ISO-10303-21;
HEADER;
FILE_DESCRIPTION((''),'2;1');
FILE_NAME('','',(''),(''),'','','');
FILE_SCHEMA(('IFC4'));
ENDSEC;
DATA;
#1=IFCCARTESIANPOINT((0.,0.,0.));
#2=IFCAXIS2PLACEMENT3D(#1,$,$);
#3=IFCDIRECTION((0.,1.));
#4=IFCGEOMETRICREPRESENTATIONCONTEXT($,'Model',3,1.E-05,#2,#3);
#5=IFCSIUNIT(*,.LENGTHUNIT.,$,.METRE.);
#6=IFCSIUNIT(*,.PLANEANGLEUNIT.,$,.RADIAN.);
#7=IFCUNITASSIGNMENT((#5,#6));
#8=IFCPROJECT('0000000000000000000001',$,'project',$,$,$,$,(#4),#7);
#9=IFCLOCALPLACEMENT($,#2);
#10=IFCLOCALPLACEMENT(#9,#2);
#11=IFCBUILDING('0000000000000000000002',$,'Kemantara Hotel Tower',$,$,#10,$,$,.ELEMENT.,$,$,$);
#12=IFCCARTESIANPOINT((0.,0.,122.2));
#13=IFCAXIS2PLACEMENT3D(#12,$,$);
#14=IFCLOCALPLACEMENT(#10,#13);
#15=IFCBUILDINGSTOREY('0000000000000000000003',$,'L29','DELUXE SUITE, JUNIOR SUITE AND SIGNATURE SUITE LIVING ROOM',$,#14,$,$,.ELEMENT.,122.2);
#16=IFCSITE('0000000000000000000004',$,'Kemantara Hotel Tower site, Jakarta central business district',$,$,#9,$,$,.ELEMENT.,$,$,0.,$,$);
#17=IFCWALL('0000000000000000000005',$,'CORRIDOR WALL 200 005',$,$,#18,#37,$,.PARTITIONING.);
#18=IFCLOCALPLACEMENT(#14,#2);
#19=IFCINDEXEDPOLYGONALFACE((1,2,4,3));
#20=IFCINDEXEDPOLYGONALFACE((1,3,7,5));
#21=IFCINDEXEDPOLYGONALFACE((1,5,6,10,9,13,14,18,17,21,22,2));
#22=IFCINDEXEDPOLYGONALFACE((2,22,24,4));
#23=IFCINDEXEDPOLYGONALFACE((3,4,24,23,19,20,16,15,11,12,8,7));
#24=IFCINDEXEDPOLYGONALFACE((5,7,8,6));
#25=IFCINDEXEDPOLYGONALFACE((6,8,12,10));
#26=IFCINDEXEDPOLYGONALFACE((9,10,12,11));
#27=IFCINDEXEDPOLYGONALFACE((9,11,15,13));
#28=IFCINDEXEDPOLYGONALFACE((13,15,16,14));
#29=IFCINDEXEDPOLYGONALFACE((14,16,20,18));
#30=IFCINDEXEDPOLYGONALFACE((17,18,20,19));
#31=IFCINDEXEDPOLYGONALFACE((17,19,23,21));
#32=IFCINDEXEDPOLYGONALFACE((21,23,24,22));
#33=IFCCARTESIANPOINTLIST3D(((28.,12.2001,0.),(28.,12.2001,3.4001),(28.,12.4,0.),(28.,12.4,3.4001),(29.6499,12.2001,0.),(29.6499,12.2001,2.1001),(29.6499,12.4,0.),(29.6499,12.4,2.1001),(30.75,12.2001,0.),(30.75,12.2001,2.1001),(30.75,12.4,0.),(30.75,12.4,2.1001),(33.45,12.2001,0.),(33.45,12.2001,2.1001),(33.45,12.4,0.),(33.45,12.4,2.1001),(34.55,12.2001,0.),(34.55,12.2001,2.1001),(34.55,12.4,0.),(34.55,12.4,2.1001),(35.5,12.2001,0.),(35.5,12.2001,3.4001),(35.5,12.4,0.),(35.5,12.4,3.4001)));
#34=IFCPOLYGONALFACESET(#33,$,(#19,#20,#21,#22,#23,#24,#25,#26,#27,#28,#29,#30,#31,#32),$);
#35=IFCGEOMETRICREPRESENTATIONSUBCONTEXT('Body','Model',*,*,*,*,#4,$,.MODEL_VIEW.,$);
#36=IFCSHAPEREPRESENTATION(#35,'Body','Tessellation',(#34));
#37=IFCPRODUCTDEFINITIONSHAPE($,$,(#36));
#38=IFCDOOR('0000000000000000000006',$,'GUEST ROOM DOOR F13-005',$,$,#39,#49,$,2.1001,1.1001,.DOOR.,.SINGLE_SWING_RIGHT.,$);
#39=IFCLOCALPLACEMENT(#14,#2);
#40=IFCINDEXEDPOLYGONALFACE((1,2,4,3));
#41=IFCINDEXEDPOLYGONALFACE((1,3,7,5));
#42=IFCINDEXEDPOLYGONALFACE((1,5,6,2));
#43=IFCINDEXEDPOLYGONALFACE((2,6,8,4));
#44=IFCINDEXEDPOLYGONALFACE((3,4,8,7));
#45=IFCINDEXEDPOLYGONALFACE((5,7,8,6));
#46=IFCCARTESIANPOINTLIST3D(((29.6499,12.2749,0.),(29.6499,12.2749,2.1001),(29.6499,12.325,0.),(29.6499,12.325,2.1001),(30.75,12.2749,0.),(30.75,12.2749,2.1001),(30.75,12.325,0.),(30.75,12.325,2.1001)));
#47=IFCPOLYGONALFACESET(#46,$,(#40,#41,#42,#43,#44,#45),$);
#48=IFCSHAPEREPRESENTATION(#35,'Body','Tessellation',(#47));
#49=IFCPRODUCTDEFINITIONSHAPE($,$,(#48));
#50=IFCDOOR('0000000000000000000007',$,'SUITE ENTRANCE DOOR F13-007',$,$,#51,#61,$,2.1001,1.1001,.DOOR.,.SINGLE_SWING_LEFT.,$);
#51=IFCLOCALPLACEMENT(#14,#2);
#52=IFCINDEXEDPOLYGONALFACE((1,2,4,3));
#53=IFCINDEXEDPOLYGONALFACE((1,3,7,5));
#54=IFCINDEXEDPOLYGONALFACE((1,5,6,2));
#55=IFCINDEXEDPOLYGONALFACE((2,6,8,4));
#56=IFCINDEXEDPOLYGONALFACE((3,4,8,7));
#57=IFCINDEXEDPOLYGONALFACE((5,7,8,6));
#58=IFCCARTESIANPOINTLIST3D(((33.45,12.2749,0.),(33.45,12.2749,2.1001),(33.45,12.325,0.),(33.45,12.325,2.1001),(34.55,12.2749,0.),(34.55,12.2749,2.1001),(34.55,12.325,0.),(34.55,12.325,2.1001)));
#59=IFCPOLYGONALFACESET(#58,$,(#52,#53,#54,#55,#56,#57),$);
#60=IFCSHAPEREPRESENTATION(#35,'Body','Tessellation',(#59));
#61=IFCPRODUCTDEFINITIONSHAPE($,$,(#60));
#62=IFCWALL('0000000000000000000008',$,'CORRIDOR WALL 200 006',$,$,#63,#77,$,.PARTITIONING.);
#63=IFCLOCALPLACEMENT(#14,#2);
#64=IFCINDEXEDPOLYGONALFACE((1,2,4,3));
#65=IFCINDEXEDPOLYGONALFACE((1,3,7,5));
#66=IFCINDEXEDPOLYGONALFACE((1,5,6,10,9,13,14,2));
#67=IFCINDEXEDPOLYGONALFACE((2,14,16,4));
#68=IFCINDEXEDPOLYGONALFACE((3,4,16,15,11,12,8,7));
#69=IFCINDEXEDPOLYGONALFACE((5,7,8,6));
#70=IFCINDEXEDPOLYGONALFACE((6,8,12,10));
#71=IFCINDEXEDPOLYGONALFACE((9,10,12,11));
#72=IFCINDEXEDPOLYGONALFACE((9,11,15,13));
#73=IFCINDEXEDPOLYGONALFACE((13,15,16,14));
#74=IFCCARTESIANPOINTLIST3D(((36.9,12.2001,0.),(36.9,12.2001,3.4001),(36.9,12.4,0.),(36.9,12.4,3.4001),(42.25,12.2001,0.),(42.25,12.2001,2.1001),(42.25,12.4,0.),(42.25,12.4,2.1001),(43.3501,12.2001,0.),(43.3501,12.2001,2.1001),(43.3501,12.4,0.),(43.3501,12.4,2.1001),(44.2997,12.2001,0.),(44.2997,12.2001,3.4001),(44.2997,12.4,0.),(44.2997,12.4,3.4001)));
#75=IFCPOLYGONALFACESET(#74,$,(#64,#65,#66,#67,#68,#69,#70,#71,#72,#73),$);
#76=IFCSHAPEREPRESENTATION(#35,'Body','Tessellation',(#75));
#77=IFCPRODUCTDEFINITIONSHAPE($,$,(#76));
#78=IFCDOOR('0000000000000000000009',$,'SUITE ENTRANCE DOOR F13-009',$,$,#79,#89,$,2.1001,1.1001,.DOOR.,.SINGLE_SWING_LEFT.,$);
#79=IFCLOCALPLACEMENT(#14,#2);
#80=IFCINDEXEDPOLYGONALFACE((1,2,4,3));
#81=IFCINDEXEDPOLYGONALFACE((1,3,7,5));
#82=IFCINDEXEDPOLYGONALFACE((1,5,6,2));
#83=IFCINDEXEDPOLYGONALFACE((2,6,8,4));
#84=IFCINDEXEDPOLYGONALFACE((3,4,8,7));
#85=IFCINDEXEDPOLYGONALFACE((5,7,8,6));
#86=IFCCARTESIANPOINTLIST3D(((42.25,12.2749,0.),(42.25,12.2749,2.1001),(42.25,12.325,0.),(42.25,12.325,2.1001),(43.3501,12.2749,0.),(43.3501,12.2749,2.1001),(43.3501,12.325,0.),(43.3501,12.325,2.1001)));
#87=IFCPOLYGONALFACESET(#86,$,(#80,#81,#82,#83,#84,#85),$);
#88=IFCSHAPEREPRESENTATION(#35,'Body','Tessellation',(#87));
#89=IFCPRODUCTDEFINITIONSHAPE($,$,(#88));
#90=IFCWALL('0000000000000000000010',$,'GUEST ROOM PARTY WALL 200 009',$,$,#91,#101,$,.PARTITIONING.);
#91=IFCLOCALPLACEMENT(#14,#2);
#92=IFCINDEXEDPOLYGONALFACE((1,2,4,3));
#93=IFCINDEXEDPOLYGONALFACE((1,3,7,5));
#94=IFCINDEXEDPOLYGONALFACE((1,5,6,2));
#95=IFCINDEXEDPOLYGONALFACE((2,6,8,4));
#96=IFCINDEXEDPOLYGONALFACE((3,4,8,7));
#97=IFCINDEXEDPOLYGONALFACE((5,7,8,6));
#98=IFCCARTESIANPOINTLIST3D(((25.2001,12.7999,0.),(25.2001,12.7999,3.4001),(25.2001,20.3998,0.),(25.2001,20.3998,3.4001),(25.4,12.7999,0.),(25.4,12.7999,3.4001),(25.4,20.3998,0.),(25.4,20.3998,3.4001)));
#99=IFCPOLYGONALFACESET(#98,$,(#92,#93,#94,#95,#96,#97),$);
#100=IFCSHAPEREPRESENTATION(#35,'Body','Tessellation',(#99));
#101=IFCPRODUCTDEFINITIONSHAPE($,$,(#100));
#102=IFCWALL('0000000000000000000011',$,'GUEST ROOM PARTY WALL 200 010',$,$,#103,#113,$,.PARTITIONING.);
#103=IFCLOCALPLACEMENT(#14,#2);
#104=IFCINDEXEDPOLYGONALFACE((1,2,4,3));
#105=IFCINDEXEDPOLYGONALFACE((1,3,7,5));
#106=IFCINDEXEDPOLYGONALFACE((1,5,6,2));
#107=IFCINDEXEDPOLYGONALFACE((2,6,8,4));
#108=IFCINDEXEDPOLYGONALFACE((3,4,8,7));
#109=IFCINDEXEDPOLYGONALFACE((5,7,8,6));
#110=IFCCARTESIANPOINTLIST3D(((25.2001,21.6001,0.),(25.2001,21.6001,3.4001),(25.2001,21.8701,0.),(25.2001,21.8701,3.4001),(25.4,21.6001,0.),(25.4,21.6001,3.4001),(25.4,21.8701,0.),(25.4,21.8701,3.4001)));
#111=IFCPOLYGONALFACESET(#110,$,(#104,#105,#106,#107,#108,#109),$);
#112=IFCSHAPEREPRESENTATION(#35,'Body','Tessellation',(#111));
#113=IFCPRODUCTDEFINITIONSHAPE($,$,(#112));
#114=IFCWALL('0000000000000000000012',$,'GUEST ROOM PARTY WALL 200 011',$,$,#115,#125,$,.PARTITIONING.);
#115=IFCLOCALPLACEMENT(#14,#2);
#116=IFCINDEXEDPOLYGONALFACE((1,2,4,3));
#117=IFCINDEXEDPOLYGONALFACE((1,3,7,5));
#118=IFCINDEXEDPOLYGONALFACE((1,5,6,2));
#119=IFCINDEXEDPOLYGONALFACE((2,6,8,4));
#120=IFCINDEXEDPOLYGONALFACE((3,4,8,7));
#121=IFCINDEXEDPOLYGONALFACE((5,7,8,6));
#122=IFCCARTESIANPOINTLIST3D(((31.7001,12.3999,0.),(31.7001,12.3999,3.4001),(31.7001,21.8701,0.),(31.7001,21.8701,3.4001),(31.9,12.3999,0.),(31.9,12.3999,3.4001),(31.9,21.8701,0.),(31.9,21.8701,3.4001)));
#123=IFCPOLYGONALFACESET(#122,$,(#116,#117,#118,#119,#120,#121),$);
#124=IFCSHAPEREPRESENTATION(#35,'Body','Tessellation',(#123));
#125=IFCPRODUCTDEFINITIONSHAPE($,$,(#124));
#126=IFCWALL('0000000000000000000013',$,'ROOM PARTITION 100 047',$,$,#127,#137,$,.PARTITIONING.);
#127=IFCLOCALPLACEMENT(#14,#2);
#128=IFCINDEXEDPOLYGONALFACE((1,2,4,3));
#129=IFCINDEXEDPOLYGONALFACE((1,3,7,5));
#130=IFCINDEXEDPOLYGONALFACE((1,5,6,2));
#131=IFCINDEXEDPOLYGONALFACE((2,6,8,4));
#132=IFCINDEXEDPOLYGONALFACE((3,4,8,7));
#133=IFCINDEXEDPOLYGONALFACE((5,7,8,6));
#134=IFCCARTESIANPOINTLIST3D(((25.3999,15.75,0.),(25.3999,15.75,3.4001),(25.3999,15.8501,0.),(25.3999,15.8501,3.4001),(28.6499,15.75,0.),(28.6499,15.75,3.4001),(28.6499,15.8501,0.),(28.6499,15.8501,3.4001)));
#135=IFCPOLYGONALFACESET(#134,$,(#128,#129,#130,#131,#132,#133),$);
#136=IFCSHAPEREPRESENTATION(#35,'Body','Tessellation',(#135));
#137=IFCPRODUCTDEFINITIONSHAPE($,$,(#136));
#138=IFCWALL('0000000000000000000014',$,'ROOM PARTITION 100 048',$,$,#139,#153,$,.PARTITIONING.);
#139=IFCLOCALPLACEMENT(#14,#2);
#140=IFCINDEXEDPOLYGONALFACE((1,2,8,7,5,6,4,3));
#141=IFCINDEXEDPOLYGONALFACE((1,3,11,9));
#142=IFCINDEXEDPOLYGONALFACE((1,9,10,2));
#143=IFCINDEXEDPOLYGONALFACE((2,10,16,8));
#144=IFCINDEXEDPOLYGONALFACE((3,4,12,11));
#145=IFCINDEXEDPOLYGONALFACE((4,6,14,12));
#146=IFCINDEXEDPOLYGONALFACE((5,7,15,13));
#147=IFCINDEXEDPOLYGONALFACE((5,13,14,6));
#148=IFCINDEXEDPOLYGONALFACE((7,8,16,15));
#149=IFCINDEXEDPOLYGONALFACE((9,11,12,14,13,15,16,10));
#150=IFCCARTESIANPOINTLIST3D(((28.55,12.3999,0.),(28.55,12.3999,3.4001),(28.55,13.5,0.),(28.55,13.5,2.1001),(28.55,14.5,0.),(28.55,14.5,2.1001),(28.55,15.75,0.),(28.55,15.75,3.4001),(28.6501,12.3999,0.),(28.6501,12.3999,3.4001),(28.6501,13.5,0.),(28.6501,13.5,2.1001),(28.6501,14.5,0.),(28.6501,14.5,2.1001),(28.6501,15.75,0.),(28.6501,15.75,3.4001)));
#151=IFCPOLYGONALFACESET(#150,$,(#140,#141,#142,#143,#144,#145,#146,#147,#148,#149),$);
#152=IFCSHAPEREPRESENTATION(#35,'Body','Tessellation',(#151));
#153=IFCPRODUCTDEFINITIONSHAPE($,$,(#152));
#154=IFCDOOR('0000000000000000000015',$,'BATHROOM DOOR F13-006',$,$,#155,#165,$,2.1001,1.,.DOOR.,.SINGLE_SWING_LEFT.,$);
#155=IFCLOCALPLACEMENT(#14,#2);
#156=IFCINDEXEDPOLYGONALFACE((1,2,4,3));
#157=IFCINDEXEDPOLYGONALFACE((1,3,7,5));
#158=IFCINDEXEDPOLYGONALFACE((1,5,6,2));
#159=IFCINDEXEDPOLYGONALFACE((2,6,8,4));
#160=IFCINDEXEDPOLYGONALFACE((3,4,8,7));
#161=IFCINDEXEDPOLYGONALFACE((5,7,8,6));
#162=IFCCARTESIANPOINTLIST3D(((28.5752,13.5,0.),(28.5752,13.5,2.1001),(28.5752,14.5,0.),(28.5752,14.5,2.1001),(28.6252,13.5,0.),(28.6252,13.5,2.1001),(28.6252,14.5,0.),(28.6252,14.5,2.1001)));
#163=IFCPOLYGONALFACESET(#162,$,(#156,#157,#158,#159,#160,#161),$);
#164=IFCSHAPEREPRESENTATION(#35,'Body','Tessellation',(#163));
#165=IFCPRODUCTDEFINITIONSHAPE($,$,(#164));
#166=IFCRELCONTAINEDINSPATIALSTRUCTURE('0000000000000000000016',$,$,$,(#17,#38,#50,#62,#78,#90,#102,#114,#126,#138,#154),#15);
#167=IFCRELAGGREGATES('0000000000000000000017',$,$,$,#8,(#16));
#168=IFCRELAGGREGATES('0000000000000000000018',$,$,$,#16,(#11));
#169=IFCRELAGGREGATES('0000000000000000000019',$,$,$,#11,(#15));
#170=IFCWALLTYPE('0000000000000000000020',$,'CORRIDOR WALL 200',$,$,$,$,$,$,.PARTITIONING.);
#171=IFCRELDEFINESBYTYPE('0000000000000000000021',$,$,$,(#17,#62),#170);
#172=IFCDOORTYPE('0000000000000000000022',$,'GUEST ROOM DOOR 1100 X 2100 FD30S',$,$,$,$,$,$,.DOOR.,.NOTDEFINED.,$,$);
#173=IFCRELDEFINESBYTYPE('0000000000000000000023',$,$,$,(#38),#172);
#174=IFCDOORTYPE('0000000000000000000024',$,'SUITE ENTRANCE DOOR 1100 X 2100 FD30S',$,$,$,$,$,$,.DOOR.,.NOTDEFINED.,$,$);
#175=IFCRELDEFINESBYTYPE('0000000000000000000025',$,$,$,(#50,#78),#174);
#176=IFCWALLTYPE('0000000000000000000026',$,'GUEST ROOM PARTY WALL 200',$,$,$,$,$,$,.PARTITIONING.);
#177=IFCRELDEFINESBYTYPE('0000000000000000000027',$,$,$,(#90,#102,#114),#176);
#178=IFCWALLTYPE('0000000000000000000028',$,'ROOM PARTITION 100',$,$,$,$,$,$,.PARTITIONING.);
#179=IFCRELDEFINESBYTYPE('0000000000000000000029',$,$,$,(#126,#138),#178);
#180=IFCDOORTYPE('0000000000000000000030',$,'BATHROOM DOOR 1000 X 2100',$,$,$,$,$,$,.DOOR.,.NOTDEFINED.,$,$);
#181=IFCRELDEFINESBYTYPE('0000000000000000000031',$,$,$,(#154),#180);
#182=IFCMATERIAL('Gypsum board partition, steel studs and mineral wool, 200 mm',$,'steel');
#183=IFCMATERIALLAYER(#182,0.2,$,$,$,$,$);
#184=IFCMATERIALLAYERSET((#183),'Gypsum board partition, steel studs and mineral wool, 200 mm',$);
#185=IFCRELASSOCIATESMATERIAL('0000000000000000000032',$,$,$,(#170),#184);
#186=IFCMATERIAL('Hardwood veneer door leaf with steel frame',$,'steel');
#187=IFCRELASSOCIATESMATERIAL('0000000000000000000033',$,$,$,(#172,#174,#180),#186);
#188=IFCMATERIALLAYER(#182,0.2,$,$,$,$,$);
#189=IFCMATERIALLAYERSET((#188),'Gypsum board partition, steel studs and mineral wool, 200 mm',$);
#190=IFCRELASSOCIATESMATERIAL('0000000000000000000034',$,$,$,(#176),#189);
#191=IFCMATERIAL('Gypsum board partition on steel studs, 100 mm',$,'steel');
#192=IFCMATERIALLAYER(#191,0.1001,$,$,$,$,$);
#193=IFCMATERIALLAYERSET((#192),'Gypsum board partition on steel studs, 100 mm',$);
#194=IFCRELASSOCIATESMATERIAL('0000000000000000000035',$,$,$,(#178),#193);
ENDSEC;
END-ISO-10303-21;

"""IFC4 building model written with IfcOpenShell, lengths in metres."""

from ifc_helpers import new_model, si_unit, direction, frame, frame_2d, origin, place, context, subcontext, project, spatial, rectangle, extrude, material, layer, layer_set, type_object, element, fill, save


model = new_model("IFC4")

# Units and contexts
model_context = context("Model", 3, precision=1e-05, world=origin(), true_north=direction((0.0, 1.0)))
body_context = subcontext(model_context, "Body", "Model", "MODEL_VIEW")
ifc_project = project(units=[si_unit("LENGTHUNIT", "METRE"), si_unit("PLANEANGLEUNIT", "RADIAN")], contexts=[model_context])

# Site, building, storey
site_placement = place(None, origin())
site = spatial("IfcSite", under=ifc_project, at=site_placement, Name="Kemantara Hotel Tower site, Jakarta central business district", CompositionType="ELEMENT", RefElevation=0.0)
building_placement = place(site_placement, origin())
building = spatial("IfcBuilding", under=site, at=building_placement, Name="Kemantara Hotel Tower", CompositionType="ELEMENT")
storey_placement = place(building_placement, frame((0.0, 0.0, 122.2)))
storey = spatial("IfcBuildingStorey", under=building, at=storey_placement, Name="L29", Description="DELUXE SUITE, JUNIOR SUITE AND SIGNATURE SUITE LIVING ROOM", CompositionType="ELEMENT", Elevation=122.2)

# Shared definitions
ifc_material_1 = material(Name="Gypsum board partition, steel studs and mineral wool, 200 mm", Category="steel")
ifc_layer_1 = layer(ifc_material_1, 0.2)
ifc_layer_set_1 = layer_set([ifc_layer_1], Name="Gypsum board partition, steel studs and mineral wool, 200 mm")
wall_type_1 = type_object("IfcWallType", Name="CORRIDOR WALL 200", PredefinedType="PARTITIONING", material=ifc_layer_set_1)

# Wall, openings, doors
wall_1_placement = place(storey_placement, frame((28.0, 12.3, 0.0), z_axis=(0.0, 0.0, 1.0), x_axis=(1.0, 0.0, 0.0)))
wall_1 = element("IfcWall", 1, at=wall_1_placement, inside=storey, type_object=wall_type_1, Name="CORRIDOR WALL 200 005", PredefinedType="PARTITIONING", context=body_context, shape_type="SweptSolid", body=[
    extrude(rectangle(XDim=7.5, YDim=0.2, at=frame_2d((3.75, 0.0))), origin(), (0.0, 0.0, 1.0), 3.4001),
])
opening_1_placement = place(wall_1_placement, frame((1.6499, 0.0, 0.0)))
opening_1 = element("IfcOpeningElement", 2, at=opening_1_placement, cuts=wall_1, PredefinedType="OPENING", context=body_context, shape_type="SweptSolid", body=[
    extrude(rectangle(XDim=1.1001, YDim=2.1001, at=frame_2d((0.55, 1.05))), frame((0.0, 0.1099, 0.0), z_axis=(0.0, -1.0, 0.0), x_axis=(1.0, 0.0, 0.0)), (0.0, 0.0, 1.0), 0.22),
])
opening_2_placement = place(wall_1_placement, frame((5.45, 0.0, 0.0)))
opening_2 = element("IfcOpeningElement", 3, at=opening_2_placement, cuts=wall_1, PredefinedType="OPENING", context=body_context, shape_type="SweptSolid", body=[
    extrude(rectangle(XDim=1.1001, YDim=2.1001, at=frame_2d((0.55, 1.05))), frame((0.0, 0.1099, 0.0), z_axis=(0.0, -1.0, 0.0), x_axis=(1.0, 0.0, 0.0)), (0.0, 0.0, 1.0), 0.22),
])
ifc_material_2 = material(Name="Hardwood veneer door leaf with steel frame", Category="steel")
door_type_1 = type_object("IfcDoorType", Name="GUEST ROOM DOOR 1100 X 2100 FD30S", OperationType="NOTDEFINED", PredefinedType="DOOR", material=ifc_material_2)
door_1_placement = place(opening_1_placement, origin())
door_1 = element("IfcDoor", 4, at=door_1_placement, inside=storey, type_object=door_type_1, Name="GUEST ROOM DOOR F13-005", OperationType="SINGLE_SWING_RIGHT", OverallHeight=2.1001, OverallWidth=1.1001, PredefinedType="DOOR", context=body_context, shape_type="SweptSolid", body=[
    extrude(rectangle(XDim=1.1001, YDim=2.1001, at=frame_2d((0.55, 1.05))), frame((0.0, 0.0249, 0.0), z_axis=(0.0, -1.0, 0.0), x_axis=(1.0, 0.0, 0.0)), (0.0, 0.0, 1.0), 0.05),
])
fill(opening_1, door_1)
door_type_2 = type_object("IfcDoorType", Name="SUITE ENTRANCE DOOR 1100 X 2100 FD30S", OperationType="NOTDEFINED", PredefinedType="DOOR", material=ifc_material_2)
door_2_placement = place(opening_2_placement, origin())
door_2 = element("IfcDoor", 5, at=door_2_placement, inside=storey, type_object=door_type_2, Name="SUITE ENTRANCE DOOR F13-007", OperationType="SINGLE_SWING_LEFT", OverallHeight=2.1001, OverallWidth=1.1001, PredefinedType="DOOR", context=body_context, shape_type="SweptSolid", body=[
    extrude(rectangle(XDim=1.1001, YDim=2.1001, at=frame_2d((0.55, 1.05))), frame((0.0, 0.0249, 0.0), z_axis=(0.0, -1.0, 0.0), x_axis=(1.0, 0.0, 0.0)), (0.0, 0.0, 1.0), 0.05),
])
fill(opening_2, door_2)

# Wall, opening, door
wall_2_placement = place(storey_placement, frame((36.9001, 12.3, 0.0), z_axis=(0.0, 0.0, 1.0), x_axis=(1.0, 0.0, 0.0)))
wall_2 = element("IfcWall", 6, at=wall_2_placement, inside=storey, type_object=wall_type_1, Name="CORRIDOR WALL 200 006", PredefinedType="PARTITIONING", context=body_context, shape_type="SweptSolid", body=[
    extrude(rectangle(XDim=7.3997, YDim=0.2, at=frame_2d((3.6997, 0.0))), origin(), (0.0, 0.0, 1.0), 3.4001),
])
opening_3_placement = place(wall_2_placement, frame((5.3499, 0.0, 0.0)))
opening_3 = element("IfcOpeningElement", 7, at=opening_3_placement, cuts=wall_2, PredefinedType="OPENING", context=body_context, shape_type="SweptSolid", body=[
    extrude(rectangle(XDim=1.1001, YDim=2.1001, at=frame_2d((0.55, 1.05))), frame((0.0, 0.1099, 0.0), z_axis=(0.0, -1.0, 0.0), x_axis=(1.0, 0.0, 0.0)), (0.0, 0.0, 1.0), 0.22),
])
door_3_placement = place(opening_3_placement, origin())
door_3 = element("IfcDoor", 8, at=door_3_placement, inside=storey, type_object=door_type_2, Name="SUITE ENTRANCE DOOR F13-009", OperationType="SINGLE_SWING_LEFT", OverallHeight=2.1001, OverallWidth=1.1001, PredefinedType="DOOR", context=body_context, shape_type="SweptSolid", body=[
    extrude(rectangle(XDim=1.1001, YDim=2.1001, at=frame_2d((0.55, 1.05))), frame((0.0, 0.0249, 0.0), z_axis=(0.0, -1.0, 0.0), x_axis=(1.0, 0.0, 0.0)), (0.0, 0.0, 1.0), 0.05),
])
fill(opening_3, door_3)

# Walls
ifc_layer_2 = layer(ifc_material_1, 0.2)
ifc_layer_set_2 = layer_set([ifc_layer_2], Name="Gypsum board partition, steel studs and mineral wool, 200 mm")
wall_type_2 = type_object("IfcWallType", Name="GUEST ROOM PARTY WALL 200", PredefinedType="PARTITIONING", material=ifc_layer_set_2)
wall_3_placement = place(storey_placement, frame((25.3, 12.8, 0.0), z_axis=(0.0, 0.0, 1.0), x_axis=(0.0, 1.0, 0.0)))
element("IfcWall", 9, at=wall_3_placement, inside=storey, type_object=wall_type_2, Name="GUEST ROOM PARTY WALL 200 009", PredefinedType="PARTITIONING", context=body_context, shape_type="SweptSolid", body=[
    extrude(rectangle(XDim=7.5999, YDim=0.2, at=frame_2d((3.7998, 0.0))), origin(), (0.0, 0.0, 1.0), 3.4001),
])
wall_4_placement = place(storey_placement, frame((25.3, 21.6001, 0.0), z_axis=(0.0, 0.0, 1.0), x_axis=(0.0, 1.0, 0.0)))
element("IfcWall", 10, at=wall_4_placement, inside=storey, type_object=wall_type_2, Name="GUEST ROOM PARTY WALL 200 010", PredefinedType="PARTITIONING", context=body_context, shape_type="SweptSolid", body=[
    extrude(rectangle(XDim=0.27, YDim=0.2, at=frame_2d((0.135, 0.0))), origin(), (0.0, 0.0, 1.0), 3.4001),
])
wall_5_placement = place(storey_placement, frame((31.8, 12.3999, 0.0), z_axis=(0.0, 0.0, 1.0), x_axis=(0.0, 1.0, 0.0)))
element("IfcWall", 11, at=wall_5_placement, inside=storey, type_object=wall_type_2, Name="GUEST ROOM PARTY WALL 200 011", PredefinedType="PARTITIONING", context=body_context, shape_type="SweptSolid", body=[
    extrude(rectangle(XDim=9.4702, YDim=0.2, at=frame_2d((4.7351, 0.0))), origin(), (0.0, 0.0, 1.0), 3.4001),
])
ifc_material_3 = material(Name="Gypsum board partition on steel studs, 100 mm", Category="steel")
ifc_layer_3 = layer(ifc_material_3, 0.1001)
ifc_layer_set_3 = layer_set([ifc_layer_3], Name="Gypsum board partition on steel studs, 100 mm")
wall_type_3 = type_object("IfcWallType", Name="ROOM PARTITION 100", PredefinedType="PARTITIONING", material=ifc_layer_set_3)
wall_6_placement = place(storey_placement, frame((25.3999, 15.8, 0.0), z_axis=(0.0, 0.0, 1.0), x_axis=(1.0, 0.0, 0.0)))
element("IfcWall", 12, at=wall_6_placement, inside=storey, type_object=wall_type_3, Name="ROOM PARTITION 100 047", PredefinedType="PARTITIONING", context=body_context, shape_type="SweptSolid", body=[
    extrude(rectangle(XDim=3.25, YDim=0.1001, at=frame_2d((1.625, 0.0))), origin(), (0.0, 0.0, 1.0), 3.4001),
])

# Wall, opening, door
wall_7_placement = place(storey_placement, frame((28.6001, 12.3999, 0.0), z_axis=(0.0, 0.0, 1.0), x_axis=(0.0, 1.0, 0.0)))
wall_7 = element("IfcWall", 13, at=wall_7_placement, inside=storey, type_object=wall_type_3, Name="ROOM PARTITION 100 048", PredefinedType="PARTITIONING", context=body_context, shape_type="SweptSolid", body=[
    extrude(rectangle(XDim=3.3501, YDim=0.1001, at=frame_2d((1.675, 0.0))), origin(), (0.0, 0.0, 1.0), 3.4001),
])
opening_4_placement = place(wall_7_placement, frame((1.1001, 0.0, 0.0)))
opening_4 = element("IfcOpeningElement", 14, at=opening_4_placement, cuts=wall_7, PredefinedType="OPENING", context=body_context, shape_type="SweptSolid", body=[
    extrude(rectangle(XDim=1.0, YDim=2.1001, at=frame_2d((0.5, 1.05))), frame((0.0, 0.0601, 0.0), z_axis=(0.0, -1.0, 0.0), x_axis=(1.0, 0.0, 0.0)), (0.0, 0.0, 1.0), 0.1201),
])
door_type_3 = type_object("IfcDoorType", Name="BATHROOM DOOR 1000 X 2100", OperationType="NOTDEFINED", PredefinedType="DOOR", material=ifc_material_2)
door_4_placement = place(opening_4_placement, origin())
door_4 = element("IfcDoor", 15, at=door_4_placement, inside=storey, type_object=door_type_3, Name="BATHROOM DOOR F13-006", OperationType="SINGLE_SWING_LEFT", OverallHeight=2.1001, OverallWidth=1.0, PredefinedType="DOOR", context=body_context, shape_type="SweptSolid", body=[
    extrude(rectangle(XDim=1.0, YDim=2.1001, at=frame_2d((0.5, 1.05))), frame((0.0, 0.0249, 0.0), z_axis=(0.0, -1.0, 0.0), x_axis=(1.0, 0.0, 0.0)), (0.0, 0.0, 1.0), 0.05),
])
fill(opening_4, door_4)

save(model, "model.ifc")
